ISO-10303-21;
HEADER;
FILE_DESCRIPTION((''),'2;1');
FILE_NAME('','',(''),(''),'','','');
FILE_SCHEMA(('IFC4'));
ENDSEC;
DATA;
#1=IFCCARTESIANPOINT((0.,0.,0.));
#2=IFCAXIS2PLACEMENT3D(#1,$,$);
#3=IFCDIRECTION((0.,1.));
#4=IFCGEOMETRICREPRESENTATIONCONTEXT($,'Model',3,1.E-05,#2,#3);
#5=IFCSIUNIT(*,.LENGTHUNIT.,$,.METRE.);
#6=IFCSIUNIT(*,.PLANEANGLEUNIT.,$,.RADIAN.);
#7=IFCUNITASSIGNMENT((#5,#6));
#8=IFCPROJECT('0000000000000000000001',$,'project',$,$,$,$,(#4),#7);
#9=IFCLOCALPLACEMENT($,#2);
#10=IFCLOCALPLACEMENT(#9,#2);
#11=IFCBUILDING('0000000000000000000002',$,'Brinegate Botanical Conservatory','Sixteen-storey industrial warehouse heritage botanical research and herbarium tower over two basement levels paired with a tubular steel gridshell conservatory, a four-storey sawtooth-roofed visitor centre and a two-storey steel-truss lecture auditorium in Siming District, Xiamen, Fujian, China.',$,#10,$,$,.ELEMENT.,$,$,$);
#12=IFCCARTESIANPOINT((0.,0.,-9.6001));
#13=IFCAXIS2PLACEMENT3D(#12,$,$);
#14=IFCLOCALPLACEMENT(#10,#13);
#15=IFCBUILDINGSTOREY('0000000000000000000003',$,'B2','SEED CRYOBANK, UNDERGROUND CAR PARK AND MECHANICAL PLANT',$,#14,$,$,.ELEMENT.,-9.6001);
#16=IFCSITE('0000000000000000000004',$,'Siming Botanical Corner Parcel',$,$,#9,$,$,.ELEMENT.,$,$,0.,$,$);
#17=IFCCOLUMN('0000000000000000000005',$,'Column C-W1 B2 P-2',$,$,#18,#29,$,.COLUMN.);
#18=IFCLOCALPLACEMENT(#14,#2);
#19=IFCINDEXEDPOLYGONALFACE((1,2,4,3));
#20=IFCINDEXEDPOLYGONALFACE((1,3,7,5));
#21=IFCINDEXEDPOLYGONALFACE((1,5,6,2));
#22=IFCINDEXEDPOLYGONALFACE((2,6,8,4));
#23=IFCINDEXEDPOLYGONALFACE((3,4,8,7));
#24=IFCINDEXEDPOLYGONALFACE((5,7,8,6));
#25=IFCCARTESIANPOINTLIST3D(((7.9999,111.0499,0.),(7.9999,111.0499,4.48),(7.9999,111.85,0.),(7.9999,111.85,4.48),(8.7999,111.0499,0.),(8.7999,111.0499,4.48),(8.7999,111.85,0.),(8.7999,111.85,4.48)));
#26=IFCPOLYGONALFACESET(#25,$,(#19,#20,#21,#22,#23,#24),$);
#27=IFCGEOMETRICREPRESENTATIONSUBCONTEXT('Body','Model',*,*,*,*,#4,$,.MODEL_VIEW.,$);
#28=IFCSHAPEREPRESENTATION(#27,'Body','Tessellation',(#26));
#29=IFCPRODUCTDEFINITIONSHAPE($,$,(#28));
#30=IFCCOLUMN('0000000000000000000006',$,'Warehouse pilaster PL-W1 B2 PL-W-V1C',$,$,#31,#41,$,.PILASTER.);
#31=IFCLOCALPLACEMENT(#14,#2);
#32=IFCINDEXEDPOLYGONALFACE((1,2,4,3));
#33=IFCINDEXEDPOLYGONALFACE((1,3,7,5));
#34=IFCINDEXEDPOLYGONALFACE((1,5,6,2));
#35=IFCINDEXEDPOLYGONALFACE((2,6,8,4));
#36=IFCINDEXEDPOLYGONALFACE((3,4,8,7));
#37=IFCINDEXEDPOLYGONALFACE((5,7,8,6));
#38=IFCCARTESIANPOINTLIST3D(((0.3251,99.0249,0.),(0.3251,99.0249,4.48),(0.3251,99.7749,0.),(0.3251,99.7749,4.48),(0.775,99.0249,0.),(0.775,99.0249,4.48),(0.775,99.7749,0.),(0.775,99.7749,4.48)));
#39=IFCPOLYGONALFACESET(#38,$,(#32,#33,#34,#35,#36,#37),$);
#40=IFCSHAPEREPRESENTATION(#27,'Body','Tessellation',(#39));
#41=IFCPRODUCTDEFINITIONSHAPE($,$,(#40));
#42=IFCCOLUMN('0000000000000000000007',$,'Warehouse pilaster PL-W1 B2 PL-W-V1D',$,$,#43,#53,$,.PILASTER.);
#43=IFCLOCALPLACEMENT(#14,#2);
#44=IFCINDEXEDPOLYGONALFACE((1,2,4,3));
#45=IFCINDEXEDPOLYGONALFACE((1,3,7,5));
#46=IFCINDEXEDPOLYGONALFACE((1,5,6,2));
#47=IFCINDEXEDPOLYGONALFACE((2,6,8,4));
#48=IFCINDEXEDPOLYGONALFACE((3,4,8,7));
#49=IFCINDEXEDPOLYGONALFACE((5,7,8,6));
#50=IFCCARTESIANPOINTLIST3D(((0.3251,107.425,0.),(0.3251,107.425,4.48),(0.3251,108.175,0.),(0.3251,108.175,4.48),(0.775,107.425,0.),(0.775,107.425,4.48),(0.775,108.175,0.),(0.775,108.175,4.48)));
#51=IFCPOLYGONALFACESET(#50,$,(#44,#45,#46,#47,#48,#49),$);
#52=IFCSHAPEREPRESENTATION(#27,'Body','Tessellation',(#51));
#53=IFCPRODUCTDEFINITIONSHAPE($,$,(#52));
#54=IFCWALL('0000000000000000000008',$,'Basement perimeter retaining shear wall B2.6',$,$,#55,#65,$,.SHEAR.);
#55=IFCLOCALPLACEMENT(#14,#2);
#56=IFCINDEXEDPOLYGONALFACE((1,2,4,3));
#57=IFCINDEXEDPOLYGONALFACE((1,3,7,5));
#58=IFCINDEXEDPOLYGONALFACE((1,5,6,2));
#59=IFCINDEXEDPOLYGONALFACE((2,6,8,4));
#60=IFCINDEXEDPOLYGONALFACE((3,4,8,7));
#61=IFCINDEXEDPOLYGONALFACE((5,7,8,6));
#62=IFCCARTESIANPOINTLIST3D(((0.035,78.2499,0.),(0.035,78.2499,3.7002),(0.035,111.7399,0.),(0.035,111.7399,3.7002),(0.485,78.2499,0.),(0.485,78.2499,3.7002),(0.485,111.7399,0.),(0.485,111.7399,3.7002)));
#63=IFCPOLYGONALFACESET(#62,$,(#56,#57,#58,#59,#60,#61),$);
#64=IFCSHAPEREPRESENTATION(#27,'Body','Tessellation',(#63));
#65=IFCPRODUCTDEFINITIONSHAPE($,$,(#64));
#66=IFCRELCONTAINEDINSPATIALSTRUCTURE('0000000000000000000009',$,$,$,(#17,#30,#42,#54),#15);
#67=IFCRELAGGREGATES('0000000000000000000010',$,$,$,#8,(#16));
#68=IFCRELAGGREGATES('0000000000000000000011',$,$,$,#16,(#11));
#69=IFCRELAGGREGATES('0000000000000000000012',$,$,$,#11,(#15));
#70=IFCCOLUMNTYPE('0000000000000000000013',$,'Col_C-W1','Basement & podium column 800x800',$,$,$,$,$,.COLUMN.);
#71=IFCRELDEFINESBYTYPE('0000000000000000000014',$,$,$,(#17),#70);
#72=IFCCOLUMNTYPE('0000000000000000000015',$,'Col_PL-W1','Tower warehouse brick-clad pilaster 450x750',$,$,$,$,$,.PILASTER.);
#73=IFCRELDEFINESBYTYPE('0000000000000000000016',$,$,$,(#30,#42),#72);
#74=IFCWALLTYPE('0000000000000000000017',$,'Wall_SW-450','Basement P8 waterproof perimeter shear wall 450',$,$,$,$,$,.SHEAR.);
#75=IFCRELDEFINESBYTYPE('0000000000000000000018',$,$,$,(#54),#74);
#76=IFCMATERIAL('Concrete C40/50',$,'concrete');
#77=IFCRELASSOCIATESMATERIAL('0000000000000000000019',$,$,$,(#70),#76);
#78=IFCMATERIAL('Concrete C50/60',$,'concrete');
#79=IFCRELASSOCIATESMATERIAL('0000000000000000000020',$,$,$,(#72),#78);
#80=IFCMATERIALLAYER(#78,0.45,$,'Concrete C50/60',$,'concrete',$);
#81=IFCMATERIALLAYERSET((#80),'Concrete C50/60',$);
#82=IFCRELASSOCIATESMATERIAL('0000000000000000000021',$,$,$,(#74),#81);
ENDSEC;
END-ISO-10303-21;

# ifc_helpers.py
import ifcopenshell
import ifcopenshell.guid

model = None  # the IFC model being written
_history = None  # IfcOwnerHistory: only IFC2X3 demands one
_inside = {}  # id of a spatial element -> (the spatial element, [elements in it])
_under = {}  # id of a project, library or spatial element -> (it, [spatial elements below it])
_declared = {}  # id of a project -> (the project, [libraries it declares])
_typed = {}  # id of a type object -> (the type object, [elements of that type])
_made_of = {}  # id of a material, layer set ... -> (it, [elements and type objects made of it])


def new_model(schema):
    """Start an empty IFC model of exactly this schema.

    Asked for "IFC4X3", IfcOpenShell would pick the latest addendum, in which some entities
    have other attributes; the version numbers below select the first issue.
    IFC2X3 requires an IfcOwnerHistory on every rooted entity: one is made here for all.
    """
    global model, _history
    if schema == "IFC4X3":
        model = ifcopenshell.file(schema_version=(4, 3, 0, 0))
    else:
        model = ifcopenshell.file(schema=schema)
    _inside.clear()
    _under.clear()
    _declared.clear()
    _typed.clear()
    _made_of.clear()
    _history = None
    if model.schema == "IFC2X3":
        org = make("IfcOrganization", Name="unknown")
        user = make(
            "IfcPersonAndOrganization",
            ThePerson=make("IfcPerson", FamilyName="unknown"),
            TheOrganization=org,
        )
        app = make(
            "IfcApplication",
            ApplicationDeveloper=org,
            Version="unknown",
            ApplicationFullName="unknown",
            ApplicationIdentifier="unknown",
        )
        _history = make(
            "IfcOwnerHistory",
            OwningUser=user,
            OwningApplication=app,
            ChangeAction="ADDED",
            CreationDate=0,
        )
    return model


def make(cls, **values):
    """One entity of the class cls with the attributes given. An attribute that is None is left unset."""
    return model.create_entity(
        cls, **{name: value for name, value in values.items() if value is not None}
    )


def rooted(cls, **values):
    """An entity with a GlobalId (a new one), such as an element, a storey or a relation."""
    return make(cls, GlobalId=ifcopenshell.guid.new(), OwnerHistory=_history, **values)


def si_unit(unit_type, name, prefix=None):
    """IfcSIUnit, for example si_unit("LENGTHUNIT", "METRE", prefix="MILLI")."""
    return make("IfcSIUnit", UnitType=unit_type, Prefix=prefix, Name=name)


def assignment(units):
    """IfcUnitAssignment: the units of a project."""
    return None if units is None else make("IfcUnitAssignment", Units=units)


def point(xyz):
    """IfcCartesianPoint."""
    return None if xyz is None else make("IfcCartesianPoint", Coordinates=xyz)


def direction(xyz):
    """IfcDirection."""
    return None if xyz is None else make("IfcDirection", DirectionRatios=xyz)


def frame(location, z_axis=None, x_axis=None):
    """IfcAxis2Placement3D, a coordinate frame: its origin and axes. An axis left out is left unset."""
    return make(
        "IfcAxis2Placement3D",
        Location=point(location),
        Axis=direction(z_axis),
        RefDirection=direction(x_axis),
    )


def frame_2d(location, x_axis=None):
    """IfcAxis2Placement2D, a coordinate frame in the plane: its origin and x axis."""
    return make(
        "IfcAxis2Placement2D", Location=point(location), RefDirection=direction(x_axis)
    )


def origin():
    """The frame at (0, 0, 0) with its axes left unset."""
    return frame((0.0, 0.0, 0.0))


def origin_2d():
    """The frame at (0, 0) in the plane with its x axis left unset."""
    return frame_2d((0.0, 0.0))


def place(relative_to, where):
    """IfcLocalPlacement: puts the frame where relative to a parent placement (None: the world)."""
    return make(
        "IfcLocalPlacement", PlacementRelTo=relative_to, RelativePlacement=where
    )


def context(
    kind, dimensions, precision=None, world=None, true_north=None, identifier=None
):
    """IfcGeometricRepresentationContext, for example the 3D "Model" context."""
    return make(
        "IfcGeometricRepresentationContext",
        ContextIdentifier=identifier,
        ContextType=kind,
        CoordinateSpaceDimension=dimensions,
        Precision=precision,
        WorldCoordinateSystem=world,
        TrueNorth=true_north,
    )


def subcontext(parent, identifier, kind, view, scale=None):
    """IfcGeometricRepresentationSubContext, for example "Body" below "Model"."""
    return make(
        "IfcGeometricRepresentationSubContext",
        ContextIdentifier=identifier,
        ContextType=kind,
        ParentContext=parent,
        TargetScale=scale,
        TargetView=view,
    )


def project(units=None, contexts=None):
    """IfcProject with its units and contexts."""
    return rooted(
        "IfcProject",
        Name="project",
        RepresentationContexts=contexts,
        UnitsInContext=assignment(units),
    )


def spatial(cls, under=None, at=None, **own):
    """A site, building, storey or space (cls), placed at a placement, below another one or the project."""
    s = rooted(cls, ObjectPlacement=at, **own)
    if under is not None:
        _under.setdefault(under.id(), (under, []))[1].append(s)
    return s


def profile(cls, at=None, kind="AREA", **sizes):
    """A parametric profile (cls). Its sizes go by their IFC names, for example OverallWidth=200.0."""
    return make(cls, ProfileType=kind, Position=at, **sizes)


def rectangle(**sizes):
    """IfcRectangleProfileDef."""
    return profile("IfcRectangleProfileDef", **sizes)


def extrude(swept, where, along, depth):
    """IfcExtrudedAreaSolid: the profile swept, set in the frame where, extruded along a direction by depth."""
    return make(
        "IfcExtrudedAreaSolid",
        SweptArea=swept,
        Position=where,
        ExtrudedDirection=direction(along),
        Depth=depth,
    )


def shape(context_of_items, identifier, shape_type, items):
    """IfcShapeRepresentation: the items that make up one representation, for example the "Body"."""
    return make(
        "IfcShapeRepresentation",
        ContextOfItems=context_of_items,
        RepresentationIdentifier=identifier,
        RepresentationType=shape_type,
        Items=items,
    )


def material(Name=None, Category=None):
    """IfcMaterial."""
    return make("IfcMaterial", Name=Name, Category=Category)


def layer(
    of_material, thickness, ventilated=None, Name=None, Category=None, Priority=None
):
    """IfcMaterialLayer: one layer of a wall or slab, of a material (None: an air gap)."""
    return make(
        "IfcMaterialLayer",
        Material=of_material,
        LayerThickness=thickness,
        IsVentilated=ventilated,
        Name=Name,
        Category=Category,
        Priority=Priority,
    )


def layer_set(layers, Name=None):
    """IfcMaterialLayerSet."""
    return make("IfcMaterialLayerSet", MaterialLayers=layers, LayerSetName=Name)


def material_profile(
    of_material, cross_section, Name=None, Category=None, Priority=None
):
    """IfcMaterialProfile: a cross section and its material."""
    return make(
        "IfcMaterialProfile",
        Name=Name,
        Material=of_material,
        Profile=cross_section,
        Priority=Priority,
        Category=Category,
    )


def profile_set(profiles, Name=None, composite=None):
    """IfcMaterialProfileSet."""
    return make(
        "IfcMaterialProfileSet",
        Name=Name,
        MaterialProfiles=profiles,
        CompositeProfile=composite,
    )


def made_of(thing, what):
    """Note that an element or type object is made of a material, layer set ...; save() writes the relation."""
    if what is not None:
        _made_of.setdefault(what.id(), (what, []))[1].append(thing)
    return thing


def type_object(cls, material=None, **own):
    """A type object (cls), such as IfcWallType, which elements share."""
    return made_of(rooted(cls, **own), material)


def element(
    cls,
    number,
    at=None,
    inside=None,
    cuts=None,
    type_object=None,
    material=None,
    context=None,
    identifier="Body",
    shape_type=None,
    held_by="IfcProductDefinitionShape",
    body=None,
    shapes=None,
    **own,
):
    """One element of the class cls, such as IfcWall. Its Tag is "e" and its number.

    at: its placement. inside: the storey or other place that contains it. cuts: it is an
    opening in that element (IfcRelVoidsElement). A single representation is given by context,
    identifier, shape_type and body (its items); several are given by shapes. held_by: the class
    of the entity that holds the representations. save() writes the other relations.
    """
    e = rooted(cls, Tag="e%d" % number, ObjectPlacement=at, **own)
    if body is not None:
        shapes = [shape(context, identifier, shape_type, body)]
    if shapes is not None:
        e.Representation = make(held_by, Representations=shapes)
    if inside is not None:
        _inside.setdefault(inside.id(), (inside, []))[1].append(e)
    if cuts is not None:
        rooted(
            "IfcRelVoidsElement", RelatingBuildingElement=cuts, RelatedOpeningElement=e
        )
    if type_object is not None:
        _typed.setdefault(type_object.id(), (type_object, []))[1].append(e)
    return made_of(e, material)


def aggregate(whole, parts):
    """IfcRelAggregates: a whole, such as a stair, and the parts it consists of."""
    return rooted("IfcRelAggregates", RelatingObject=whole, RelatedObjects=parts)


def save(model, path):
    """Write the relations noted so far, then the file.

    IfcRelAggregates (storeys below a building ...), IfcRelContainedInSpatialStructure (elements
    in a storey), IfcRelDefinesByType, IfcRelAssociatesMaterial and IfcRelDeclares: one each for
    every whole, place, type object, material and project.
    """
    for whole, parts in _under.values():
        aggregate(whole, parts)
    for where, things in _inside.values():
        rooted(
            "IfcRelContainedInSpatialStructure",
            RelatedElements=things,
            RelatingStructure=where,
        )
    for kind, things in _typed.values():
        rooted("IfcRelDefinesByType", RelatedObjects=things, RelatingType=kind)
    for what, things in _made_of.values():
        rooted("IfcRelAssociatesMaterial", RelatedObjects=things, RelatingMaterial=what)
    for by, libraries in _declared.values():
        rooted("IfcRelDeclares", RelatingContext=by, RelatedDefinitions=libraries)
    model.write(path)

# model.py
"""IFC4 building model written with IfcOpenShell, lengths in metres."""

from ifc_helpers import new_model, si_unit, direction, frame, frame_2d, origin, origin_2d, place, context, subcontext, project, spatial, rectangle, extrude, material, layer, layer_set, material_profile, profile_set, type_object, element, save


model = new_model("IFC4")

# Units and contexts
model_context = context("Model", 3, precision=1e-05, world=origin(), true_north=direction((0.0, 1.0)))
body_context = subcontext(model_context, "Body", "Model", "MODEL_VIEW")
ifc_project = project(units=[si_unit("LENGTHUNIT", "METRE"), si_unit("PLANEANGLEUNIT", "RADIAN")], contexts=[model_context])

# Site, building, storey
site_placement = place(None, origin())
site = spatial("IfcSite", under=ifc_project, at=site_placement, Name="Siming Botanical Corner Parcel", CompositionType="ELEMENT", RefElevation=0.0)
building_placement = place(site_placement, origin())
building = spatial("IfcBuilding", under=site, at=building_placement, Name="Brinegate Botanical Conservatory", Description="Sixteen-storey industrial warehouse heritage botanical research and herbarium tower over two basement levels paired with a tubular steel gridshell conservatory, a four-storey sawtooth-roofed visitor centre and a two-storey steel-truss lecture auditorium in Siming District, Xiamen, Fujian, China.", CompositionType="ELEMENT")
storey_placement = place(building_placement, frame((0.0, 0.0, -9.6001)))
storey = spatial("IfcBuildingStorey", under=building, at=storey_placement, Name="B2", Description="SEED CRYOBANK, UNDERGROUND CAR PARK AND MECHANICAL PLANT", CompositionType="ELEMENT", Elevation=-9.6001)

# Shared definitions
ifc_material_1 = material(Name="Concrete C40/50", Category="concrete")

# Columns
ifc_material_profile_1 = material_profile(ifc_material_1, rectangle(XDim=0.8, YDim=0.8, at=origin_2d()), Name="RC COL 800x800")
ifc_profile_set_1 = profile_set([ifc_material_profile_1], Name="Concrete C40/50")
column_type_1 = type_object("IfcColumnType", Name="Col_C-W1", Description="Basement & podium column 800x800", PredefinedType="COLUMN", material=ifc_profile_set_1)
for number, where, z_axis, x_axis, name in (
    (1, (8.3999, 111.45, 0.0), (0.0, 0.0, 1.0), (1.0, 0.0, 0.0), "Column C-W1 B2 P-2"),
):
    element("IfcColumn", number, at=place(storey_placement, frame(where, z_axis=z_axis, x_axis=x_axis)), inside=storey, type_object=column_type_1, Name=name, PredefinedType="COLUMN", context=body_context, shape_type="SweptSolid", body=[
        extrude(rectangle(XDim=0.8, YDim=0.8, at=origin_2d()), origin(), (0.0, 0.0, 1.0), 4.48),
    ])
ifc_material_2 = material(Name="Concrete C50/60", Category="concrete")
ifc_material_profile_2 = material_profile(ifc_material_2, rectangle(XDim=0.45, YDim=0.75, at=origin_2d()), Name="RC PILASTER 450x750")
ifc_profile_set_2 = profile_set([ifc_material_profile_2], Name="Concrete C50/60")
column_type_2 = type_object("IfcColumnType", Name="Col_PL-W1", Description="Tower warehouse brick-clad pilaster 450x750", PredefinedType="PILASTER", material=ifc_profile_set_2)
for number, where, z_axis, x_axis, name in (
    (2, (0.55, 99.3999, 0.0), (0.0, 0.0, 1.0), (1.0, 0.0, 0.0), "Warehouse pilaster PL-W1 B2 PL-W-V1C"),
    (3, (0.55, 107.8, 0.0), (0.0, 0.0, 1.0), (1.0, 0.0, 0.0), "Warehouse pilaster PL-W1 B2 PL-W-V1D"),
):
    element("IfcColumn", number, at=place(storey_placement, frame(where, z_axis=z_axis, x_axis=x_axis)), inside=storey, type_object=column_type_2, Name=name, PredefinedType="PILASTER", context=body_context, shape_type="SweptSolid", body=[
        extrude(rectangle(XDim=0.45, YDim=0.75, at=origin_2d()), origin(), (0.0, 0.0, 1.0), 4.48),
    ])

# Wall
ifc_layer = layer(ifc_material_2, 0.45, Name="Concrete C50/60", Category="concrete")
ifc_layer_set = layer_set([ifc_layer], Name="Concrete C50/60")
wall_type = type_object("IfcWallType", Name="Wall_SW-450", Description="Basement P8 waterproof perimeter shear wall 450", PredefinedType="SHEAR", material=ifc_layer_set)
wall_placement = place(storey_placement, frame((0.26, 111.74, 0.0), z_axis=(0.0, 0.0, 1.0), x_axis=(0.0, -1.0, 0.0)))
element("IfcWall", 4, at=wall_placement, inside=storey, type_object=wall_type, Name="Basement perimeter retaining shear wall B2.6", PredefinedType="SHEAR", context=body_context, shape_type="SweptSolid", body=[
    extrude(rectangle(XDim=33.49, YDim=0.45, at=frame_2d((16.7451, 0.0))), origin(), (0.0, 0.0, 1.0), 3.7002),
])

save(model, "model.ifc")
